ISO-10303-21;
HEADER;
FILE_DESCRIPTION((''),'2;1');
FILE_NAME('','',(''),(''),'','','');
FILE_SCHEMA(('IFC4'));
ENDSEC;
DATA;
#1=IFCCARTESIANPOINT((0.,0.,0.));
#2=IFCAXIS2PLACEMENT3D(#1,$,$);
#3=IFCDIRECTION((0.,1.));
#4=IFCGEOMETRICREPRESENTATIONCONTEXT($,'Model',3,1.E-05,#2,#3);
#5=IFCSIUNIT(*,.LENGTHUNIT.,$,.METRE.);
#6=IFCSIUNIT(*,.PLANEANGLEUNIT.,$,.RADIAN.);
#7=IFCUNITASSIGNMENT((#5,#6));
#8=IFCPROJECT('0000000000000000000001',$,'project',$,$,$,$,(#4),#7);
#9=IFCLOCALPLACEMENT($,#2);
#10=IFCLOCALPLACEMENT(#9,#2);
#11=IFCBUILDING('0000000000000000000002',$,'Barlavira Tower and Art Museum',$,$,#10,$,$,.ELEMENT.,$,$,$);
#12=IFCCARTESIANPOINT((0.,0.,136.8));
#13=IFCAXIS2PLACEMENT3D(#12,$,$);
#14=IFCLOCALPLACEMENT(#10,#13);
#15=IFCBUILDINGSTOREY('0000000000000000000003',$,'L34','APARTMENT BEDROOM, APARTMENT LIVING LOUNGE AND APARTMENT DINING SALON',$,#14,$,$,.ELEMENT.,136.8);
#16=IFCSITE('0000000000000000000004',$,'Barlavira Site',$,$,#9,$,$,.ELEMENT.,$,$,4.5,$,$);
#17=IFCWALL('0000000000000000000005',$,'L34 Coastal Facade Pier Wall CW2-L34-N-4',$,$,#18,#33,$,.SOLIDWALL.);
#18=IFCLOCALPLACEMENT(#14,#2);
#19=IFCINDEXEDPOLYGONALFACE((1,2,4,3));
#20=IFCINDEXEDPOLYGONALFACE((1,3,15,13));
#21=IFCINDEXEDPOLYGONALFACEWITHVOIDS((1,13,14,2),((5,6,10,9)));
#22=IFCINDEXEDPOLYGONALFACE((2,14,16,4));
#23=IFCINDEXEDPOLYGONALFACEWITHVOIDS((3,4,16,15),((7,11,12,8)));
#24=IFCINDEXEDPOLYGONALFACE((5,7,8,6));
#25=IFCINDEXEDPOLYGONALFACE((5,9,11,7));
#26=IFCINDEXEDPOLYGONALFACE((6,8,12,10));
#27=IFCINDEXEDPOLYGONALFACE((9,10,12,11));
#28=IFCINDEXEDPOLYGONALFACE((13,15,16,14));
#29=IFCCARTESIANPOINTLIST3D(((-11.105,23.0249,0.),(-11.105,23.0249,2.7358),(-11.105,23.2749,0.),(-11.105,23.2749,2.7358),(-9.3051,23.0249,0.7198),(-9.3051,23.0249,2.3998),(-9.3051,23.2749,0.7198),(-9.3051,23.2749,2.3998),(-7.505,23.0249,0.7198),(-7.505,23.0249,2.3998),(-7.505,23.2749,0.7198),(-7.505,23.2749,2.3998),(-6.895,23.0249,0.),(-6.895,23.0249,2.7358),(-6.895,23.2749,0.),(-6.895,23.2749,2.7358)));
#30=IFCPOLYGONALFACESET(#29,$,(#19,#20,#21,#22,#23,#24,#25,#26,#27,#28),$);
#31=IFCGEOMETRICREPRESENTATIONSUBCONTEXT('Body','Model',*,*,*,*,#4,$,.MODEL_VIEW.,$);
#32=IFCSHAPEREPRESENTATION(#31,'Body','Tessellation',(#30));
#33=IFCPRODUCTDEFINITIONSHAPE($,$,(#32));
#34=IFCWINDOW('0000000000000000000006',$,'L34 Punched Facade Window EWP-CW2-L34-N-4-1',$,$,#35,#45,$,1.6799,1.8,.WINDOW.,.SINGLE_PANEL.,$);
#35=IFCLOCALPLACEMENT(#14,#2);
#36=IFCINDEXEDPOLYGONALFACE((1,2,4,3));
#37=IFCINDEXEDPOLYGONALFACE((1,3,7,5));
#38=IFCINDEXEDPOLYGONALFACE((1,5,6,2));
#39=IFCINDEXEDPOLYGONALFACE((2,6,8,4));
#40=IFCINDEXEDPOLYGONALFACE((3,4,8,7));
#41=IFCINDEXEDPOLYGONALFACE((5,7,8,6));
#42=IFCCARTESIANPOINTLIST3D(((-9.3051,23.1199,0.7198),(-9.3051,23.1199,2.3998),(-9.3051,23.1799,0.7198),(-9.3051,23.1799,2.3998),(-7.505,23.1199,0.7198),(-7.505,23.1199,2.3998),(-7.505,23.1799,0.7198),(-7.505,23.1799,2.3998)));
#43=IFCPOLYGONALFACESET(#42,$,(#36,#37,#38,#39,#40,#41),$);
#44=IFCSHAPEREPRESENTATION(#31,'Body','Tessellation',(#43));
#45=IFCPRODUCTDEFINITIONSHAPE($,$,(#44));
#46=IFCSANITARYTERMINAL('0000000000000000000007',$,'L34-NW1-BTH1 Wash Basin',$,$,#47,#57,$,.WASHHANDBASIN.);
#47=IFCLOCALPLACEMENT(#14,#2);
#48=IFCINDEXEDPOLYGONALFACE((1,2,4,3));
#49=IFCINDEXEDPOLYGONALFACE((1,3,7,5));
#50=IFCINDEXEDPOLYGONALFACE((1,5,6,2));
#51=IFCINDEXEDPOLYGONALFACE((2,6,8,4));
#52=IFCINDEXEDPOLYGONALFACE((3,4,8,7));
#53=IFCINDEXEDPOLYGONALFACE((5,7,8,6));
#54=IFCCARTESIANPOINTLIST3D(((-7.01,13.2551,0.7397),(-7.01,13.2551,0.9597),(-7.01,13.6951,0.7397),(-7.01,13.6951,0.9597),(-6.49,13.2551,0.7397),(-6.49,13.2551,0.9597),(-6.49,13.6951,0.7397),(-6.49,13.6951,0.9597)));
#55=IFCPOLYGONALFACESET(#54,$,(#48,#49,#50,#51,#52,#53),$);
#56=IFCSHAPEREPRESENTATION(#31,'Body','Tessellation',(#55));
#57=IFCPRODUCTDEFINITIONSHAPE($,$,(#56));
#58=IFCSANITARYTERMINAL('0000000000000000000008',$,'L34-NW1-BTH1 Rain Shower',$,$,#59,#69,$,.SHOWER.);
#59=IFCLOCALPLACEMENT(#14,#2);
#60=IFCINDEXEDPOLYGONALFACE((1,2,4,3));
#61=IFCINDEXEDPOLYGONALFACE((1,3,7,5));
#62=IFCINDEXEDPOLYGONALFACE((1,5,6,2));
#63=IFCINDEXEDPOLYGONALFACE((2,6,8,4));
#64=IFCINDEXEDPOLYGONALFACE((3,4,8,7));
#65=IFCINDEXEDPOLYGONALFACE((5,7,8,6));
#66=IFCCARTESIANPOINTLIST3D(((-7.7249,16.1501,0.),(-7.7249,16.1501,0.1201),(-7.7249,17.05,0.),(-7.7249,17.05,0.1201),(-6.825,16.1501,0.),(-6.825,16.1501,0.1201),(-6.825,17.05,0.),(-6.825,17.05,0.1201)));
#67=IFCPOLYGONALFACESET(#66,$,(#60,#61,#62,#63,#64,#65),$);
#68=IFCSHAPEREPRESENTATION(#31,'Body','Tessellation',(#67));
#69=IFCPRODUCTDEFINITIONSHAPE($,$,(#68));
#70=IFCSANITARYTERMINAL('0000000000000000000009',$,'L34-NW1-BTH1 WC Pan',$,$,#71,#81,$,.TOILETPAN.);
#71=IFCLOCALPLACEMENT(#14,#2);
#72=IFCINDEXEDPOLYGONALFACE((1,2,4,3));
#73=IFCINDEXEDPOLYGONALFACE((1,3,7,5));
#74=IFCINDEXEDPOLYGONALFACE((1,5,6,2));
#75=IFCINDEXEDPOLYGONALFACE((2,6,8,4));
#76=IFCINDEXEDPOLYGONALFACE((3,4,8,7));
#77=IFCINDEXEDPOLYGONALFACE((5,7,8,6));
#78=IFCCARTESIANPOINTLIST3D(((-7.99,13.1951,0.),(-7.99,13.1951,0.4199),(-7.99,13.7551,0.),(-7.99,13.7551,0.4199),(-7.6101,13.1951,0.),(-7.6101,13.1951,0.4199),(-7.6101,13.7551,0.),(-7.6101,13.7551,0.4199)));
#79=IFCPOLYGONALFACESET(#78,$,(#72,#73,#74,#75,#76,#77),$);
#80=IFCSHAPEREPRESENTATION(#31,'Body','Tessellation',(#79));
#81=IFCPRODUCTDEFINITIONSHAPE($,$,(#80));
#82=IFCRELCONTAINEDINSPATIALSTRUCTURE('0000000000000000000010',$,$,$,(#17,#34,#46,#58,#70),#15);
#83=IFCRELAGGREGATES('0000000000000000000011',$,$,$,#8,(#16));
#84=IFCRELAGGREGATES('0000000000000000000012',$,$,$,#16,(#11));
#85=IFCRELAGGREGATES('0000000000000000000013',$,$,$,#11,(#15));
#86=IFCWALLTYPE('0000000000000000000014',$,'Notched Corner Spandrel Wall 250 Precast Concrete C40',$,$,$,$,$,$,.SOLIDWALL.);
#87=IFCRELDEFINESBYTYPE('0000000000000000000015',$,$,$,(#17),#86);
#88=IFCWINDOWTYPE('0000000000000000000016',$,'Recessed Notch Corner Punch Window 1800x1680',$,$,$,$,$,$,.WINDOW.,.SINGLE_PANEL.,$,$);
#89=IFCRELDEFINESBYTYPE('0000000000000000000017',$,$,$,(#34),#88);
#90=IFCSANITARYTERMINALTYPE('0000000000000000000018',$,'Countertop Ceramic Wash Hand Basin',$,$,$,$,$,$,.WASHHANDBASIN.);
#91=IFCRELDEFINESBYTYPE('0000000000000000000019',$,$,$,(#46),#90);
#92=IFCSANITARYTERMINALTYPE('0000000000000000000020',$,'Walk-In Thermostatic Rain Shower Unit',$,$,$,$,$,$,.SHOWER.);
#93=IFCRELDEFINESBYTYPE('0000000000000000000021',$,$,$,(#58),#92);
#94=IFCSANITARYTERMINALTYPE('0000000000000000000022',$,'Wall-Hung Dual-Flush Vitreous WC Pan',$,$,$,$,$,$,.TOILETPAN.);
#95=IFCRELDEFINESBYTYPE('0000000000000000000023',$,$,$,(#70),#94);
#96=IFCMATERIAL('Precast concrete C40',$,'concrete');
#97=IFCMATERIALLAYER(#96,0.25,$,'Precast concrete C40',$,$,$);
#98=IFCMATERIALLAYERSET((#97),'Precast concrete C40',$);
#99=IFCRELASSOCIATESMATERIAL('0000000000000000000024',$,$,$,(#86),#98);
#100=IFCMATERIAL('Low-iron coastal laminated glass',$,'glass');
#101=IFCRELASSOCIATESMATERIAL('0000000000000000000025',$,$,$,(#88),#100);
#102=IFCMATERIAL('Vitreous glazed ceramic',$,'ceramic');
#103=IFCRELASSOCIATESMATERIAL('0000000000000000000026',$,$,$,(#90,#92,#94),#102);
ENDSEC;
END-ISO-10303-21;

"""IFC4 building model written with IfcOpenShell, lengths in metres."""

from ifc_helpers import new_model, si_unit, direction, frame, frame_2d, origin, origin_2d, place, context, subcontext, project, spatial, rectangle, extrude, material, layer, layer_set, type_object, element, fill, save


model = new_model("IFC4")

# Units and contexts
model_context = context("Model", 3, precision=1e-05, world=origin(), true_north=direction((0.0, 1.0)))
body_context = subcontext(model_context, "Body", "Model", "MODEL_VIEW")
ifc_project = project(units=[si_unit("LENGTHUNIT", "METRE"), si_unit("PLANEANGLEUNIT", "RADIAN")], contexts=[model_context])

# Site, building, storey
site_placement = place(None, origin())
site = spatial("IfcSite", under=ifc_project, at=site_placement, Name="Barlavira Site", CompositionType="ELEMENT", RefElevation=4.5)
building_placement = place(site_placement, origin())
building = spatial("IfcBuilding", under=site, at=building_placement, Name="Barlavira Tower and Art Museum", CompositionType="ELEMENT")
storey_placement = place(building_placement, frame((0.0, 0.0, 136.8)))
storey = spatial("IfcBuildingStorey", under=building, at=storey_placement, Name="L34", Description="APARTMENT BEDROOM, APARTMENT LIVING LOUNGE AND APARTMENT DINING SALON", CompositionType="ELEMENT", Elevation=136.8)

# Shared definitions
ifc_material_1 = material(Name="Low-iron coastal laminated glass", Category="glass")

# Wall, opening, window
ifc_material_2 = material(Name="Precast concrete C40", Category="concrete")
ifc_layer_1 = layer(ifc_material_2, 0.25, Name="Precast concrete C40")
ifc_layer_set_1 = layer_set([ifc_layer_1], Name="Precast concrete C40")
wall_type_1 = type_object("IfcWallType", Name="Notched Corner Spandrel Wall 250 Precast Concrete C40", PredefinedType="SOLIDWALL", material=ifc_layer_set_1)
wall_1_placement = place(storey_placement, frame((-6.895, 23.1499, 0.0), z_axis=(0.0, 0.0, 1.0), x_axis=(-1.0, 0.0, 0.0)))
wall_1 = element("IfcWall", 1, at=wall_1_placement, inside=storey, type_object=wall_type_1, Name="L34 Coastal Facade Pier Wall CW2-L34-N-4", PredefinedType="SOLIDWALL", context=body_context, shape_type="SweptSolid", body=[
    extrude(rectangle(XDim=4.21, YDim=0.25, at=frame_2d((2.105, 0.0))), origin(), (0.0, 0.0, 1.0), 2.7358),
])
opening_1_placement = place(wall_1_placement, frame((0.6101, 0.0, 0.72)))
opening_1 = element("IfcOpeningElement", 2, at=opening_1_placement, cuts=wall_1, PredefinedType="OPENING", context=body_context, shape_type="SweptSolid", body=[
    extrude(rectangle(XDim=1.8, YDim=1.6799, at=frame_2d((0.8999, 0.8398))), frame((0.0, 0.135, 0.0), z_axis=(0.0, -1.0, 0.0), x_axis=(1.0, 0.0, 0.0)), (0.0, 0.0, 1.0), 0.27),
])
window_type = type_object("IfcWindowType", Name="Recessed Notch Corner Punch Window 1800x1680", PartitioningType="SINGLE_PANEL", PredefinedType="WINDOW", material=ifc_material_1)
window_placement = place(opening_1_placement, origin())
window = element("IfcWindow", 3, at=window_placement, inside=storey, type_object=window_type, Name="L34 Punched Facade Window EWP-CW2-L34-N-4-1", OverallHeight=1.6799, OverallWidth=1.8, PartitioningType="SINGLE_PANEL", PredefinedType="WINDOW", context=body_context, shape_type="SweptSolid", body=[
    extrude(rectangle(XDim=1.8, YDim=1.6799, at=frame_2d((0.8999, 0.8398))), frame((0.0, 0.03, 0.0), z_axis=(0.0, -1.0, 0.0), x_axis=(1.0, 0.0, 0.0)), (0.0, 0.0, 1.0), 0.0601),
])
fill(opening_1, window)

# Sanitary terminals
ifc_material_3 = material(Name="Vitreous glazed ceramic", Category="ceramic")
sanitary_terminal_type_1 = type_object("IfcSanitaryTerminalType", Name="Countertop Ceramic Wash Hand Basin", PredefinedType="WASHHANDBASIN", material=ifc_material_3)
sanitary_terminal_1_placement = place(storey_placement, frame((-6.75, 13.4751, 0.7397), z_axis=(0.0, 0.0, 1.0), x_axis=(1.0, 0.0, 0.0)))
element("IfcSanitaryTerminal", 4, at=sanitary_terminal_1_placement, inside=storey, type_object=sanitary_terminal_type_1, Name="L34-NW1-BTH1 Wash Basin", PredefinedType="WASHHANDBASIN", context=body_context, shape_type="SweptSolid", body=[
    extrude(rectangle(XDim=0.52, YDim=0.4399, at=origin_2d()), origin(), (0.0, 0.0, 1.0), 0.22),
])
sanitary_terminal_type_2 = type_object("IfcSanitaryTerminalType", Name="Walk-In Thermostatic Rain Shower Unit", PredefinedType="SHOWER", material=ifc_material_3)
sanitary_terminal_2_placement = place(storey_placement, frame((-7.2749, 16.6001, 0.0), z_axis=(0.0, 0.0, 1.0), x_axis=(1.0, 0.0, 0.0)))
element("IfcSanitaryTerminal", 5, at=sanitary_terminal_2_placement, inside=storey, type_object=sanitary_terminal_type_2, Name="L34-NW1-BTH1 Rain Shower", PredefinedType="SHOWER", context=body_context, shape_type="SweptSolid", body=[
    extrude(rectangle(XDim=0.8999, YDim=0.8999, at=origin_2d()), origin(), (0.0, 0.0, 1.0), 0.1201),
])
sanitary_terminal_type_3 = type_object("IfcSanitaryTerminalType", Name="Wall-Hung Dual-Flush Vitreous WC Pan", PredefinedType="TOILETPAN", material=ifc_material_3)
sanitary_terminal_3_placement = place(storey_placement, frame((-7.8, 13.4751, 0.0), z_axis=(0.0, 0.0, 1.0), x_axis=(1.0, 0.0, 0.0)))
element("IfcSanitaryTerminal", 6, at=sanitary_terminal_3_placement, inside=storey, type_object=sanitary_terminal_type_3, Name="L34-NW1-BTH1 WC Pan", PredefinedType="TOILETPAN", context=body_context, shape_type="SweptSolid", body=[
    extrude(rectangle(XDim=0.3799, YDim=0.5601, at=origin_2d()), origin(), (0.0, 0.0, 1.0), 0.4199),
])

save(model, "model.ifc")
